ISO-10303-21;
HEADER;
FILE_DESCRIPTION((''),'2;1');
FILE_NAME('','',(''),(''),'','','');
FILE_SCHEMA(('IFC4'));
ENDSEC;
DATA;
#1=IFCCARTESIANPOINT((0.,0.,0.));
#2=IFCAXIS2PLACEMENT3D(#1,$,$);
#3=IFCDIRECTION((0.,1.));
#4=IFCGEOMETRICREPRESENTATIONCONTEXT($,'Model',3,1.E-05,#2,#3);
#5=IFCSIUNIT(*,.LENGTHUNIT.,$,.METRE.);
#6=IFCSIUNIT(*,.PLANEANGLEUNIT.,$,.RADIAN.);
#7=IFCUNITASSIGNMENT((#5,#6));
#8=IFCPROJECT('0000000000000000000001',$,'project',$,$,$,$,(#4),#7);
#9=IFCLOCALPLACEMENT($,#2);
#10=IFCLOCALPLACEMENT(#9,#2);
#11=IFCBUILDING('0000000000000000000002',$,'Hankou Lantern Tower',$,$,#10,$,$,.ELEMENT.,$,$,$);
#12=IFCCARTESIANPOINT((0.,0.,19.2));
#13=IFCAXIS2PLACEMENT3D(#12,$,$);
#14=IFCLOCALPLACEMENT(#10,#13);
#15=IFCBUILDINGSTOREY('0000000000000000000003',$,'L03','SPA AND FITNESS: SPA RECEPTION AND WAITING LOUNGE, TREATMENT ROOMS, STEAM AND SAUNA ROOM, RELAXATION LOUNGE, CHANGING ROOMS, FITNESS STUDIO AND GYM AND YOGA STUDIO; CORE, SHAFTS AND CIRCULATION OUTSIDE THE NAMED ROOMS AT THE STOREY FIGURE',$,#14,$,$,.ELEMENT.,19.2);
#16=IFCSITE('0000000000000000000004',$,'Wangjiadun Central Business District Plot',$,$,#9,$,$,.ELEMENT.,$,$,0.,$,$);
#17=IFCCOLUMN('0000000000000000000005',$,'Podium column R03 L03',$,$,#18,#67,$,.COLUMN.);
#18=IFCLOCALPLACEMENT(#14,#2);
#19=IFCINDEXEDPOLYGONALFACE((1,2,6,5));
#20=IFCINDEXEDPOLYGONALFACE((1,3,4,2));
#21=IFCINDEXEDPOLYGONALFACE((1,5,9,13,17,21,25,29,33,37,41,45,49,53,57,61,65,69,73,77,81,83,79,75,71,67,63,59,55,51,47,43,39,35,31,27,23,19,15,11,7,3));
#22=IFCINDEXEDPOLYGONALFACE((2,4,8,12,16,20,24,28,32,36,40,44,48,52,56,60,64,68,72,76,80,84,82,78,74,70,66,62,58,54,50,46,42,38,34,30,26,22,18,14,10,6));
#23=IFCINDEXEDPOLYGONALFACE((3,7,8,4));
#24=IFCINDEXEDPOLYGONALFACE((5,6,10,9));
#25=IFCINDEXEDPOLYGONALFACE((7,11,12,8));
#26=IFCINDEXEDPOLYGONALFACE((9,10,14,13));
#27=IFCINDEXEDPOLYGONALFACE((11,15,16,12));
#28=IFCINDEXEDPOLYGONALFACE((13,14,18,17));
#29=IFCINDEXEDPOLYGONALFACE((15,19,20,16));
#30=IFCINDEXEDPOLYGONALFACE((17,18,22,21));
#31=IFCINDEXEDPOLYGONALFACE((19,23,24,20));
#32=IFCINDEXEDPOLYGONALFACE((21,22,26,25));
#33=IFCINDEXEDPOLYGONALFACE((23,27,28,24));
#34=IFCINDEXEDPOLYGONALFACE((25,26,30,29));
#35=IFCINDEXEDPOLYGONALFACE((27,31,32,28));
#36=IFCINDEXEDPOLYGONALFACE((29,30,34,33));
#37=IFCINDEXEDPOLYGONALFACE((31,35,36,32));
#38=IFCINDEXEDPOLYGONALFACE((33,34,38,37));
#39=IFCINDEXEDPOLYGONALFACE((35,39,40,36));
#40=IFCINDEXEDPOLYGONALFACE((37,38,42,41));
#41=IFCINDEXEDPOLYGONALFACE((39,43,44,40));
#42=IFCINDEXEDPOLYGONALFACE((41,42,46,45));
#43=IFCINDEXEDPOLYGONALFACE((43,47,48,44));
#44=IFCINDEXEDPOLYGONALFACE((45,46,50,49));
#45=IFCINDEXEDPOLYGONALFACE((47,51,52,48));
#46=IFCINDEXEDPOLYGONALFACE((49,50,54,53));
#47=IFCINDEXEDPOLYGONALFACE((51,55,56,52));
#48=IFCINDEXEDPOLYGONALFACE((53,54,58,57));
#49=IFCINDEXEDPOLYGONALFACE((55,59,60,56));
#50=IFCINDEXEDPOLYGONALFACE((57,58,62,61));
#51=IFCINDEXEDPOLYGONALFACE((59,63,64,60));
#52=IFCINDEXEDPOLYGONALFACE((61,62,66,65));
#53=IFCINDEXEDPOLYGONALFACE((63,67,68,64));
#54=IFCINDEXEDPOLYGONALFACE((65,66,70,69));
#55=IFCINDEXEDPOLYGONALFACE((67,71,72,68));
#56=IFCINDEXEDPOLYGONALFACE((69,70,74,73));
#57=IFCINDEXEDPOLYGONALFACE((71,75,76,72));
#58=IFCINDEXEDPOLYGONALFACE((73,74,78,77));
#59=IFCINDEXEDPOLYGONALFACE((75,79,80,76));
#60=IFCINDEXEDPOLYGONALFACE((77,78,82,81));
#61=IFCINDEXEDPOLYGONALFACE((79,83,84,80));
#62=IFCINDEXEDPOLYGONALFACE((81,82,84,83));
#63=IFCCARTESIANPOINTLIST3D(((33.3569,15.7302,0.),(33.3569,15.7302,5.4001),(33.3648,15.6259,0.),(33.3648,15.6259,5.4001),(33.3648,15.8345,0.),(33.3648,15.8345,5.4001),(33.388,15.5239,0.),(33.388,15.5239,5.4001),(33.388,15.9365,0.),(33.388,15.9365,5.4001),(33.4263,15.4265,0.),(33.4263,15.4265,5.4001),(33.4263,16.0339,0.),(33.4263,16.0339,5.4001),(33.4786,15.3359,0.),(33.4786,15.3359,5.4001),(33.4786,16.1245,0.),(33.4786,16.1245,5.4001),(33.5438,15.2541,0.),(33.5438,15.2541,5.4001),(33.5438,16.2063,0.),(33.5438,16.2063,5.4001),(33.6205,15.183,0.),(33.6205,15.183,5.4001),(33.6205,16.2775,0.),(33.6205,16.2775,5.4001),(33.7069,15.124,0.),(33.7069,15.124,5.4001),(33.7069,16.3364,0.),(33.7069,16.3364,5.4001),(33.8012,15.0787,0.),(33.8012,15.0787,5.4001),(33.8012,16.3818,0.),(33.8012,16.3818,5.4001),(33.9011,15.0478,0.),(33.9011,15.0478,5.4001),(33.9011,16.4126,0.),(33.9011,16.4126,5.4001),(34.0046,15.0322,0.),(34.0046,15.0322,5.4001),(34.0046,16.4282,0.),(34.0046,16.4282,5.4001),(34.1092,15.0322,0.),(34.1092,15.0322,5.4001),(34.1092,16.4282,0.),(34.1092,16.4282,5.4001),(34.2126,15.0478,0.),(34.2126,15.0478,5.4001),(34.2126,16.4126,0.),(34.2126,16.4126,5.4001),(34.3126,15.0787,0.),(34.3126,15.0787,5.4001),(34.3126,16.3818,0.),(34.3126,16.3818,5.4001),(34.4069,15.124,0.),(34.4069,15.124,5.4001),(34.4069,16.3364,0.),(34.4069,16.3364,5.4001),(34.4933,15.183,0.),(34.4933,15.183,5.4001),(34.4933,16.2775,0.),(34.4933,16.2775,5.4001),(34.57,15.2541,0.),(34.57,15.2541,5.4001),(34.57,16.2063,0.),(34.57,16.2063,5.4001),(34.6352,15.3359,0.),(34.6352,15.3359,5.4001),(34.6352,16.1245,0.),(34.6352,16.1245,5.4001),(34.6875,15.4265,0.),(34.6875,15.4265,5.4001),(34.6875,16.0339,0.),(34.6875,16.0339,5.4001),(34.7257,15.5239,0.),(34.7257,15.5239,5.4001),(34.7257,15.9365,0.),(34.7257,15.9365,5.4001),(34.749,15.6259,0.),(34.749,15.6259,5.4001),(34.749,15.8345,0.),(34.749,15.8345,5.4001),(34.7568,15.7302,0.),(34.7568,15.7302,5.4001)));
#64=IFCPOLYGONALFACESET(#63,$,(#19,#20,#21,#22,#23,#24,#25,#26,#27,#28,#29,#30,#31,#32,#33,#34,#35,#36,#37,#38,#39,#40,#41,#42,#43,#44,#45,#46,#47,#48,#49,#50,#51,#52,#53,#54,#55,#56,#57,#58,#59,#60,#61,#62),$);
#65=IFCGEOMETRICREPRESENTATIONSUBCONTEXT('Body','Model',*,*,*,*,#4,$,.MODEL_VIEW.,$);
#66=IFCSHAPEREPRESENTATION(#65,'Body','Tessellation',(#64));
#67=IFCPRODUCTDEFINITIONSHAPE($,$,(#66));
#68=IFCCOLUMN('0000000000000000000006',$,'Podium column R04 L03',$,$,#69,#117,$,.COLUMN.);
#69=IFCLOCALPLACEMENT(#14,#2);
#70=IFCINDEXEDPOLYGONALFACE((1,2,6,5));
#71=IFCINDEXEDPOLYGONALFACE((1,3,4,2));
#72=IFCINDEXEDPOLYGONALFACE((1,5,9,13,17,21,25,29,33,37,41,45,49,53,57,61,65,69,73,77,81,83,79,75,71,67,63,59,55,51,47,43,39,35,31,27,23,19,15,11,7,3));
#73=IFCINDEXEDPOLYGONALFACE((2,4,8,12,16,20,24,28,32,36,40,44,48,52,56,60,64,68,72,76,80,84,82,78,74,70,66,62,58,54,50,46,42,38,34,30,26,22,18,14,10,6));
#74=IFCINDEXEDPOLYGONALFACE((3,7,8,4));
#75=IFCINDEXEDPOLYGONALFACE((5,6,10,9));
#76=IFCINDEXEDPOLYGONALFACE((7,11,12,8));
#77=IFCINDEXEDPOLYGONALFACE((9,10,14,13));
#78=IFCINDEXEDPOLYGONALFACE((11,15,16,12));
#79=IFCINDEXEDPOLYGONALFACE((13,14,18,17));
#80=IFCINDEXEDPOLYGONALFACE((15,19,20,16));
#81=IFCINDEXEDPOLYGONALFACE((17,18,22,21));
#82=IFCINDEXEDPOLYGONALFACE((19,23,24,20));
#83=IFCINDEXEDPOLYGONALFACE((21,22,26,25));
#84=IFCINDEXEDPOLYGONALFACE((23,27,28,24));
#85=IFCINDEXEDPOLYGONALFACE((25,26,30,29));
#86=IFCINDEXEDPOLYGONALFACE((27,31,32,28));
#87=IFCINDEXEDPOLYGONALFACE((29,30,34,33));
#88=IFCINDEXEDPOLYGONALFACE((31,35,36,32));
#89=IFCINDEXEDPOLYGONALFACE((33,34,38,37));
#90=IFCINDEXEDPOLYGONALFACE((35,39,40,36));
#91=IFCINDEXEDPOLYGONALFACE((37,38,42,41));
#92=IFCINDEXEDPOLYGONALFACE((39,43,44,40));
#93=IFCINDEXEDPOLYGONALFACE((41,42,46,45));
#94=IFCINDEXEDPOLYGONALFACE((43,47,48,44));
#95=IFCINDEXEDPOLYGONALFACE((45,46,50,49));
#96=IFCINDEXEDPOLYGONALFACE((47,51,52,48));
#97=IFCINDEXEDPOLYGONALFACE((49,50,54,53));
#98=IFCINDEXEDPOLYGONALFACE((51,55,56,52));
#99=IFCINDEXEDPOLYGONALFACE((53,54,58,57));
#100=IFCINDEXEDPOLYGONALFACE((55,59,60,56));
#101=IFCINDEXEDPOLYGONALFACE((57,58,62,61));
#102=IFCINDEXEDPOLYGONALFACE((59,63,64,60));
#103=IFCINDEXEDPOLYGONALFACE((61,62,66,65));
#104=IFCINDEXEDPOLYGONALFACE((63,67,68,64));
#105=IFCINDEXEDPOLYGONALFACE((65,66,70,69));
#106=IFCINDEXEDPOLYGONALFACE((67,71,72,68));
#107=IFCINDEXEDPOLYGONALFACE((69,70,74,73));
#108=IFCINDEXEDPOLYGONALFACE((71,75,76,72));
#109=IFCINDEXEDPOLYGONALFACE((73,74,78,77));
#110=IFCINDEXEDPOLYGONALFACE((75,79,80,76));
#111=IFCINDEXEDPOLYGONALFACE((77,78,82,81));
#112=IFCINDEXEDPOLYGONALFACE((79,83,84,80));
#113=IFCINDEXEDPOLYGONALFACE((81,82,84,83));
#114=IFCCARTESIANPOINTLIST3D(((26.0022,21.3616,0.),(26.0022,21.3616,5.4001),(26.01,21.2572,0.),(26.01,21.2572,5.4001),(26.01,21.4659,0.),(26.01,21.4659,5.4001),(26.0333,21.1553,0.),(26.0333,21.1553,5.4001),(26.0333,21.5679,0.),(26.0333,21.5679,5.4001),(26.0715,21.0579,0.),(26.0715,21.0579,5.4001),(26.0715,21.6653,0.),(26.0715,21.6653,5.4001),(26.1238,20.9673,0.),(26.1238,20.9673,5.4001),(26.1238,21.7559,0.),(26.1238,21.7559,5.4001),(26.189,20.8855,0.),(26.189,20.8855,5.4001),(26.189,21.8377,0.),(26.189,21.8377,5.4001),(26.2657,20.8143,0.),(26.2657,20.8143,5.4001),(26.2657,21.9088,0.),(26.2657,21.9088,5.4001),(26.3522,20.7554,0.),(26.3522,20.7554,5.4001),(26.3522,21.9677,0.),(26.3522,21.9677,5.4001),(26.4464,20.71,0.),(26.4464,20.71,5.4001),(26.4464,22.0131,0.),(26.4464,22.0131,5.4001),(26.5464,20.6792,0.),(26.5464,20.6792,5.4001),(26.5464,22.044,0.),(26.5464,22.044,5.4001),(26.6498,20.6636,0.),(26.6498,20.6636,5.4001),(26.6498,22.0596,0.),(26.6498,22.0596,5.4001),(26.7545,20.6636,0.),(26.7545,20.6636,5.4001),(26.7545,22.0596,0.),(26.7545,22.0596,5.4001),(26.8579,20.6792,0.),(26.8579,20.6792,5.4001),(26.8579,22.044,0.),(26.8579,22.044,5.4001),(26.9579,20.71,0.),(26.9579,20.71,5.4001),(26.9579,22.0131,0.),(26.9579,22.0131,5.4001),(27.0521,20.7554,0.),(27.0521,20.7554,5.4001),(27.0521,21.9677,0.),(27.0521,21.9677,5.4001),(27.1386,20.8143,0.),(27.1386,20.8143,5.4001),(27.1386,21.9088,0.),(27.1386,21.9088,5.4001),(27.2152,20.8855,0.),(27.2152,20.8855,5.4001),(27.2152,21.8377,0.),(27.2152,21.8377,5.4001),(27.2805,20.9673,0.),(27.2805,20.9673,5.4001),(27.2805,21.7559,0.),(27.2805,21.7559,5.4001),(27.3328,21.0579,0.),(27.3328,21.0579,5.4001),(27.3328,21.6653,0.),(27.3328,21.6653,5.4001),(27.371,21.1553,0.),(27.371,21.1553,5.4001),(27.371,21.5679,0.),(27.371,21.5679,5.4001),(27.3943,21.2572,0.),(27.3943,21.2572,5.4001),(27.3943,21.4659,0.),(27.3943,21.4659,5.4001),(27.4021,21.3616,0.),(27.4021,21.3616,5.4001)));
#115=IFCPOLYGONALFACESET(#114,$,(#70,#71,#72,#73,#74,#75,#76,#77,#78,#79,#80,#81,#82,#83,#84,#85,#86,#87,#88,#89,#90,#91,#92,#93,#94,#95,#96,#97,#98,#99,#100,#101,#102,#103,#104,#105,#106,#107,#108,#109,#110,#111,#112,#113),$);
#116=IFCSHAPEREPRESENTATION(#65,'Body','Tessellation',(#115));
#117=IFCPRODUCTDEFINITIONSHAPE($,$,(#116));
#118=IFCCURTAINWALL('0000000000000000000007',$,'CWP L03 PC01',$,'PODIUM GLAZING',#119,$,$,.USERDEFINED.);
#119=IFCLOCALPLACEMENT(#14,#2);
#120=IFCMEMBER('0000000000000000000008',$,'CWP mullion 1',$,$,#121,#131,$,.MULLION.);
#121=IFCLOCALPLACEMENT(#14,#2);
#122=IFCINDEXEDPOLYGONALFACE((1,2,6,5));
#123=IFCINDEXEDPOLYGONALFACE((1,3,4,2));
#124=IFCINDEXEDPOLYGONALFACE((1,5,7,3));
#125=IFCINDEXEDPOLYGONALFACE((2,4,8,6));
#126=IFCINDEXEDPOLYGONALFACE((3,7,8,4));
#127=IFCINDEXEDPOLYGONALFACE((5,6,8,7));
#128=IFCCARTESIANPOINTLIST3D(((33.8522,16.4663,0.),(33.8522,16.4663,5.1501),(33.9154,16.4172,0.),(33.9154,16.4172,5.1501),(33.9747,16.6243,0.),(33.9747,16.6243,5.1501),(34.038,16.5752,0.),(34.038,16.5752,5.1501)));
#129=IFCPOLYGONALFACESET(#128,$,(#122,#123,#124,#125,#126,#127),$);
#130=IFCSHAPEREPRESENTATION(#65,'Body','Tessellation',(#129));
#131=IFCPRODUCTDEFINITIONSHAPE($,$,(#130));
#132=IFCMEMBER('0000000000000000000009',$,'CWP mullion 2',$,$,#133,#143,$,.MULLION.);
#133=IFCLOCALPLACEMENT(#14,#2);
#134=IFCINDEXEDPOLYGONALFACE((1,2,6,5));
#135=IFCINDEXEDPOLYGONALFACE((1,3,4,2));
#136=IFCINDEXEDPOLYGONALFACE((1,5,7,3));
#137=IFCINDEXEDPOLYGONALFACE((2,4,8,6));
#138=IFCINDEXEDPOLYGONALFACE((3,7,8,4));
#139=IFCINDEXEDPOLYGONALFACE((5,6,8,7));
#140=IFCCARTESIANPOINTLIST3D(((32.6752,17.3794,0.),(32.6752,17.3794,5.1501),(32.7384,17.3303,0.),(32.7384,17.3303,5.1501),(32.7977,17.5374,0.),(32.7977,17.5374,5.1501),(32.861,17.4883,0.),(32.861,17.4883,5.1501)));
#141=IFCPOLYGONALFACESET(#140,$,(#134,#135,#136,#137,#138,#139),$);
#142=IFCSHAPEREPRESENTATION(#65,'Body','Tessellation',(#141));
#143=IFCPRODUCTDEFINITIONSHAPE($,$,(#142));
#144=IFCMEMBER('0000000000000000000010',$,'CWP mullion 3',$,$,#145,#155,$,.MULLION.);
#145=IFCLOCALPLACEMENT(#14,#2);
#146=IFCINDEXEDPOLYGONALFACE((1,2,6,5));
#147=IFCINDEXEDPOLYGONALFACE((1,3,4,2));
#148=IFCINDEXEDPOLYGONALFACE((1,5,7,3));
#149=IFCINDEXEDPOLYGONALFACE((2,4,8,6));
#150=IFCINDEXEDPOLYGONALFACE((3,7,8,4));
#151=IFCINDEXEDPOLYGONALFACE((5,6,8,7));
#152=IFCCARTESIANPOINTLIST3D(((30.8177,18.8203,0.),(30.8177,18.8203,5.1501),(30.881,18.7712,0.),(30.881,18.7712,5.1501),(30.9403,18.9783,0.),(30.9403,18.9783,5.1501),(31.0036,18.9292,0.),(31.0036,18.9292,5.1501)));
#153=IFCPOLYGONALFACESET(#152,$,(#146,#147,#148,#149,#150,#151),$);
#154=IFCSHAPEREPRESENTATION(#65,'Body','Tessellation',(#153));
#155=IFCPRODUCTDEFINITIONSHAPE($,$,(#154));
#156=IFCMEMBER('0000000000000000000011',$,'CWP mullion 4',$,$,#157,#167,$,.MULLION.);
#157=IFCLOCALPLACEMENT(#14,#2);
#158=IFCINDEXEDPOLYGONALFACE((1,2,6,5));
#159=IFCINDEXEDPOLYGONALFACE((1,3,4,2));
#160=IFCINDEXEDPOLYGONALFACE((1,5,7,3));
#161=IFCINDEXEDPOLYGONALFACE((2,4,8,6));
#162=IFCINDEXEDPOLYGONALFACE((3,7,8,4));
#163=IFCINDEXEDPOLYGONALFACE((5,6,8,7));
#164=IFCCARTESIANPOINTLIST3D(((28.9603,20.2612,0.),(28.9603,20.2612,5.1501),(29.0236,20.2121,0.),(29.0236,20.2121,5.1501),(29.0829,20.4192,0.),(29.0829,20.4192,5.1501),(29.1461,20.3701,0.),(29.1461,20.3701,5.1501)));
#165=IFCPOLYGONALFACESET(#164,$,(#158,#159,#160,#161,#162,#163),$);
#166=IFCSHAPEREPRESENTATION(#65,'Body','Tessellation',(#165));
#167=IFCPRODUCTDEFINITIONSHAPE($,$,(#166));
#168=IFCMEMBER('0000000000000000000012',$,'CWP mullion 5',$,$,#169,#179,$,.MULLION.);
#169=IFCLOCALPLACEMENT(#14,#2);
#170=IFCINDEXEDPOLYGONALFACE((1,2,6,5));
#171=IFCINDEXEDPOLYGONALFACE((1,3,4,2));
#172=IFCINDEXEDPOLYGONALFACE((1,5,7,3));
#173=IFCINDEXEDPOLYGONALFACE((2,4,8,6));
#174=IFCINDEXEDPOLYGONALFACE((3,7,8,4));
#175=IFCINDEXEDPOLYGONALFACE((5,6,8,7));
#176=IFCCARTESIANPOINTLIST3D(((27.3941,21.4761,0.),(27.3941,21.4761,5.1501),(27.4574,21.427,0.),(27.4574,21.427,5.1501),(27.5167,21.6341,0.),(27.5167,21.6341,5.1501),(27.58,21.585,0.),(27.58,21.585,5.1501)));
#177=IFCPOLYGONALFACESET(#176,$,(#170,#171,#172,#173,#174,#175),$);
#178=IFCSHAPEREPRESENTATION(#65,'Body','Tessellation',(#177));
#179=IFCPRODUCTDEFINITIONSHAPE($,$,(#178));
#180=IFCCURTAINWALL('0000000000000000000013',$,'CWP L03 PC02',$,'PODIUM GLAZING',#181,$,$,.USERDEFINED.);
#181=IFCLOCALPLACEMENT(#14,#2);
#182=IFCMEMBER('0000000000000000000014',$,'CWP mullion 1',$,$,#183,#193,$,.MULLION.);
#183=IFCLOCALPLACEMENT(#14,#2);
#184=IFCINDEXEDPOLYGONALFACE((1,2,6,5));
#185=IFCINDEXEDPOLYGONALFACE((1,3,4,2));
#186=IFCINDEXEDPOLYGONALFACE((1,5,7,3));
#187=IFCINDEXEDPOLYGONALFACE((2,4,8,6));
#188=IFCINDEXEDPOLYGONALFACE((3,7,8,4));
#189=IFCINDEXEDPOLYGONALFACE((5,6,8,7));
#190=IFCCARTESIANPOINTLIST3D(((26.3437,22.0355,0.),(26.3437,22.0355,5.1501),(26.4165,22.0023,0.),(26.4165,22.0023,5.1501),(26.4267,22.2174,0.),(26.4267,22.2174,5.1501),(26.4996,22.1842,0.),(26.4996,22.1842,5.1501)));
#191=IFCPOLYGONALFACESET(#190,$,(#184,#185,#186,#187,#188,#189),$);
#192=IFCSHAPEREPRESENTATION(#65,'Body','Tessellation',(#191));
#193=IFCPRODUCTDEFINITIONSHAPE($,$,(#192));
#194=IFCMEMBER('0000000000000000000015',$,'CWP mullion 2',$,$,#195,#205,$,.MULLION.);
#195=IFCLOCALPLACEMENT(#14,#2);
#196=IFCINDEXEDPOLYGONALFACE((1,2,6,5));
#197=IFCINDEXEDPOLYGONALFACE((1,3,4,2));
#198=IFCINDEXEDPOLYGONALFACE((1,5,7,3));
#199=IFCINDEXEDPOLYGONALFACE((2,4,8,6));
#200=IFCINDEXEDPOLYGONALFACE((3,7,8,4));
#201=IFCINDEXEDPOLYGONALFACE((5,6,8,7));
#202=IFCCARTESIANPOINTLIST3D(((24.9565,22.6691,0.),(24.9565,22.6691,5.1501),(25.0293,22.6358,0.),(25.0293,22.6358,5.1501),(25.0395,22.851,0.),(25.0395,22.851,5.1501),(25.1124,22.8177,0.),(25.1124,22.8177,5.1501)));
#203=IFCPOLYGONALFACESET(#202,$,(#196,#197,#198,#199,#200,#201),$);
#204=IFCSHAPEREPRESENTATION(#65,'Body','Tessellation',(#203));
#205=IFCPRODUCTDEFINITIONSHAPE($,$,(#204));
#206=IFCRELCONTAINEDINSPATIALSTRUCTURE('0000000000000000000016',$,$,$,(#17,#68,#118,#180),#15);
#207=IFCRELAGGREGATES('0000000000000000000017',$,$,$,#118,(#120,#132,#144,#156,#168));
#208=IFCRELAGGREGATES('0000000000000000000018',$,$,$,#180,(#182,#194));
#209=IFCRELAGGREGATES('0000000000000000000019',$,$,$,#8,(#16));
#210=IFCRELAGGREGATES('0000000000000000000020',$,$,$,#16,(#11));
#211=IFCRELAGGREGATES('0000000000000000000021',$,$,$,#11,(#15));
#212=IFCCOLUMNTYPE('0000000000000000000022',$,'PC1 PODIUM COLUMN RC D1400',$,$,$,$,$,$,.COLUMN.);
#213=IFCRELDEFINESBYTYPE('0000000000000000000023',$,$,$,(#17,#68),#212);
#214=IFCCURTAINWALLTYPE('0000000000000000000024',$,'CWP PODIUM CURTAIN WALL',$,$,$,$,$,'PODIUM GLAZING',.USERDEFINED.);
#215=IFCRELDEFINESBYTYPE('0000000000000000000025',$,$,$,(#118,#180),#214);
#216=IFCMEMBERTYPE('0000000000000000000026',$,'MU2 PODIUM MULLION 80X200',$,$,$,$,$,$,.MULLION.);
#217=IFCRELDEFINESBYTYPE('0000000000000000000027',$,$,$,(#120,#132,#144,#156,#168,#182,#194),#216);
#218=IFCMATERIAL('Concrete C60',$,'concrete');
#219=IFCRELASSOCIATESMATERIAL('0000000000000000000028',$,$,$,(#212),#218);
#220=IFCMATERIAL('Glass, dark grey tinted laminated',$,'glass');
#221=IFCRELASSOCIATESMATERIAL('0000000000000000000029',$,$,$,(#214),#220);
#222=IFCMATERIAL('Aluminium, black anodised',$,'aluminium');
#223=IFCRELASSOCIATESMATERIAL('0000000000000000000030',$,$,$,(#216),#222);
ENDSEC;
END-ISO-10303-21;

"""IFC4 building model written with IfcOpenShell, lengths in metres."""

from ifc_helpers import new_model, si_unit, direction, frame, origin, origin_2d, place, context, subcontext, project, spatial, rectangle, circle, extrude, material, material_profile, profile_set, type_object, element, aggregate, save


model = new_model("IFC4")

# Units and contexts
model_context = context("Model", 3, precision=1e-05, world=origin(), true_north=direction((0.0, 1.0)))
body_context = subcontext(model_context, "Body", "Model", "MODEL_VIEW")
ifc_project = project(units=[si_unit("LENGTHUNIT", "METRE"), si_unit("PLANEANGLEUNIT", "RADIAN")], contexts=[model_context])

# Site, building, storey
site_placement = place(None, origin())
site = spatial("IfcSite", under=ifc_project, at=site_placement, Name="Wangjiadun Central Business District Plot", CompositionType="ELEMENT", RefElevation=0.0)
building_placement = place(site_placement, origin())
building = spatial("IfcBuilding", under=site, at=building_placement, Name="Hankou Lantern Tower", CompositionType="ELEMENT")
storey_placement = place(building_placement, frame((0.0, 0.0, 19.2)))
storey = spatial("IfcBuildingStorey", under=building, at=storey_placement, Name="L03", Description="SPA AND FITNESS: SPA RECEPTION AND WAITING LOUNGE, TREATMENT ROOMS, STEAM AND SAUNA ROOM, RELAXATION LOUNGE, CHANGING ROOMS, FITNESS STUDIO AND GYM AND YOGA STUDIO; CORE, SHAFTS AND CIRCULATION OUTSIDE THE NAMED ROOMS AT THE STOREY FIGURE", CompositionType="ELEMENT", Elevation=19.2)

# Columns
ifc_material_1 = material(Name="Concrete C60", Category="concrete")
ifc_material_profile_1 = material_profile(ifc_material_1, circle(Radius=0.7, at=origin_2d()), Name="RC D1400")
ifc_profile_set_1 = profile_set([ifc_material_profile_1], Name="Concrete C60")
column_type = type_object("IfcColumnType", Name="PC1 PODIUM COLUMN RC D1400", PredefinedType="COLUMN", material=ifc_profile_set_1)
for number, where, z_axis, x_axis, name in (
    (1, (34.0569, 15.7302, 0.0), (0.0, 0.0, 1.0), (1.0, 0.0, 0.0), "Podium column R03 L03"),
    (2, (26.7021, 21.3616, 0.0), (0.0, 0.0, 1.0), (1.0, 0.0, 0.0), "Podium column R04 L03"),
):
    element("IfcColumn", number, at=place(storey_placement, frame(where, z_axis=z_axis, x_axis=x_axis)), inside=storey, type_object=column_type, Name=name, PredefinedType="COLUMN", context=body_context, shape_type="SweptSolid", body=[
        extrude(circle(Radius=0.7, at=origin_2d()), origin(), (0.0, 0.0, 1.0), 5.4001),
    ])

# Curtain walls, members
ifc_material_2 = material(Name="Glass, dark grey tinted laminated", Category="glass")
curtain_wall_type = type_object("IfcCurtainWallType", Name="CWP PODIUM CURTAIN WALL", ElementType="PODIUM GLAZING", PredefinedType="USERDEFINED", material=ifc_material_2)
curtain_wall_1_placement = place(storey_placement, origin())
curtain_wall_1 = element("IfcCurtainWall", 3, at=curtain_wall_1_placement, inside=storey, type_object=curtain_wall_type, Name="CWP L03 PC01", ObjectType="PODIUM GLAZING", PredefinedType="USERDEFINED")
ifc_material_3 = material(Name="Aluminium, black anodised", Category="aluminium")
ifc_material_profile_2 = material_profile(ifc_material_3, rectangle(XDim=0.0801, YDim=0.2, at=origin_2d()), Name="MU2 80X200")
ifc_profile_set_2 = profile_set([ifc_material_profile_2], Name="Aluminium, black anodised")
member_type_1 = type_object("IfcMemberType", Name="MU2 PODIUM MULLION 80X200", PredefinedType="MULLION", material=ifc_profile_set_2)
member_1_placement = place(storey_placement, frame((33.9451, 16.5208, 0.0), z_axis=(0.0, 0.0, 1.0), x_axis=(-0.79013, 0.61294, 0.0)))
member_1 = element("IfcMember", 4, at=member_1_placement, type_object=member_type_1, Name="CWP mullion 1", PredefinedType="MULLION", context=body_context, shape_type="SweptSolid", body=[
    extrude(rectangle(XDim=0.0801, YDim=0.2, at=origin_2d()), origin(), (0.0, 0.0, 1.0), 5.1501),
])
member_2_placement = place(storey_placement, frame((32.7681, 17.4338, 0.0), z_axis=(0.0, 0.0, 1.0), x_axis=(-0.79013, 0.61294, 0.0)))
member_2 = element("IfcMember", 5, at=member_2_placement, type_object=member_type_1, Name="CWP mullion 2", PredefinedType="MULLION", context=body_context, shape_type="SweptSolid", body=[
    extrude(rectangle(XDim=0.0801, YDim=0.2, at=origin_2d()), origin(), (0.0, 0.0, 1.0), 5.1501),
])
member_3_placement = place(storey_placement, frame((30.9106, 18.8748, 0.0), z_axis=(0.0, 0.0, 1.0), x_axis=(-0.79013, 0.61294, 0.0)))
member_3 = element("IfcMember", 6, at=member_3_placement, type_object=member_type_1, Name="CWP mullion 3", PredefinedType="MULLION", context=body_context, shape_type="SweptSolid", body=[
    extrude(rectangle(XDim=0.0801, YDim=0.2, at=origin_2d()), origin(), (0.0, 0.0, 1.0), 5.1501),
])
member_4_placement = place(storey_placement, frame((29.0532, 20.3157, 0.0), z_axis=(0.0, 0.0, 1.0), x_axis=(-0.79013, 0.61294, 0.0)))
member_4 = element("IfcMember", 7, at=member_4_placement, type_object=member_type_1, Name="CWP mullion 4", PredefinedType="MULLION", context=body_context, shape_type="SweptSolid", body=[
    extrude(rectangle(XDim=0.0801, YDim=0.2, at=origin_2d()), origin(), (0.0, 0.0, 1.0), 5.1501),
])
member_5_placement = place(storey_placement, frame((27.4871, 21.5305, 0.0), z_axis=(0.0, 0.0, 1.0), x_axis=(-0.79013, 0.61294, 0.0)))
member_5 = element("IfcMember", 8, at=member_5_placement, type_object=member_type_1, Name="CWP mullion 5", PredefinedType="MULLION", context=body_context, shape_type="SweptSolid", body=[
    extrude(rectangle(XDim=0.0801, YDim=0.2, at=origin_2d()), origin(), (0.0, 0.0, 1.0), 5.1501),
])
curtain_wall_2_placement = place(storey_placement, origin())
curtain_wall_2 = element("IfcCurtainWall", 9, at=curtain_wall_2_placement, inside=storey, type_object=curtain_wall_type, Name="CWP L03 PC02", ObjectType="PODIUM GLAZING", PredefinedType="USERDEFINED")
member_6_placement = place(storey_placement, frame((26.4216, 22.1099, 0.0), z_axis=(0.0, 0.0, 1.0), x_axis=(-0.90967, 0.415332, 0.0)))
member_6 = element("IfcMember", 10, at=member_6_placement, type_object=member_type_1, Name="CWP mullion 1", PredefinedType="MULLION", context=body_context, shape_type="SweptSolid", body=[
    extrude(rectangle(XDim=0.0801, YDim=0.2, at=origin_2d()), origin(), (0.0, 0.0, 1.0), 5.1501),
])
member_7_placement = place(storey_placement, frame((25.0344, 22.7434, 0.0), z_axis=(0.0, 0.0, 1.0), x_axis=(-0.90967, 0.415332, 0.0)))
member_7 = element("IfcMember", 11, at=member_7_placement, type_object=member_type_1, Name="CWP mullion 2", PredefinedType="MULLION", context=body_context, shape_type="SweptSolid", body=[
    extrude(rectangle(XDim=0.0801, YDim=0.2, at=origin_2d()), origin(), (0.0, 0.0, 1.0), 5.1501),
])

aggregate(curtain_wall_1, [member_1, member_2, member_3, member_4, member_5])
aggregate(curtain_wall_2, [member_6, member_7])

save(model, "model.ifc")
